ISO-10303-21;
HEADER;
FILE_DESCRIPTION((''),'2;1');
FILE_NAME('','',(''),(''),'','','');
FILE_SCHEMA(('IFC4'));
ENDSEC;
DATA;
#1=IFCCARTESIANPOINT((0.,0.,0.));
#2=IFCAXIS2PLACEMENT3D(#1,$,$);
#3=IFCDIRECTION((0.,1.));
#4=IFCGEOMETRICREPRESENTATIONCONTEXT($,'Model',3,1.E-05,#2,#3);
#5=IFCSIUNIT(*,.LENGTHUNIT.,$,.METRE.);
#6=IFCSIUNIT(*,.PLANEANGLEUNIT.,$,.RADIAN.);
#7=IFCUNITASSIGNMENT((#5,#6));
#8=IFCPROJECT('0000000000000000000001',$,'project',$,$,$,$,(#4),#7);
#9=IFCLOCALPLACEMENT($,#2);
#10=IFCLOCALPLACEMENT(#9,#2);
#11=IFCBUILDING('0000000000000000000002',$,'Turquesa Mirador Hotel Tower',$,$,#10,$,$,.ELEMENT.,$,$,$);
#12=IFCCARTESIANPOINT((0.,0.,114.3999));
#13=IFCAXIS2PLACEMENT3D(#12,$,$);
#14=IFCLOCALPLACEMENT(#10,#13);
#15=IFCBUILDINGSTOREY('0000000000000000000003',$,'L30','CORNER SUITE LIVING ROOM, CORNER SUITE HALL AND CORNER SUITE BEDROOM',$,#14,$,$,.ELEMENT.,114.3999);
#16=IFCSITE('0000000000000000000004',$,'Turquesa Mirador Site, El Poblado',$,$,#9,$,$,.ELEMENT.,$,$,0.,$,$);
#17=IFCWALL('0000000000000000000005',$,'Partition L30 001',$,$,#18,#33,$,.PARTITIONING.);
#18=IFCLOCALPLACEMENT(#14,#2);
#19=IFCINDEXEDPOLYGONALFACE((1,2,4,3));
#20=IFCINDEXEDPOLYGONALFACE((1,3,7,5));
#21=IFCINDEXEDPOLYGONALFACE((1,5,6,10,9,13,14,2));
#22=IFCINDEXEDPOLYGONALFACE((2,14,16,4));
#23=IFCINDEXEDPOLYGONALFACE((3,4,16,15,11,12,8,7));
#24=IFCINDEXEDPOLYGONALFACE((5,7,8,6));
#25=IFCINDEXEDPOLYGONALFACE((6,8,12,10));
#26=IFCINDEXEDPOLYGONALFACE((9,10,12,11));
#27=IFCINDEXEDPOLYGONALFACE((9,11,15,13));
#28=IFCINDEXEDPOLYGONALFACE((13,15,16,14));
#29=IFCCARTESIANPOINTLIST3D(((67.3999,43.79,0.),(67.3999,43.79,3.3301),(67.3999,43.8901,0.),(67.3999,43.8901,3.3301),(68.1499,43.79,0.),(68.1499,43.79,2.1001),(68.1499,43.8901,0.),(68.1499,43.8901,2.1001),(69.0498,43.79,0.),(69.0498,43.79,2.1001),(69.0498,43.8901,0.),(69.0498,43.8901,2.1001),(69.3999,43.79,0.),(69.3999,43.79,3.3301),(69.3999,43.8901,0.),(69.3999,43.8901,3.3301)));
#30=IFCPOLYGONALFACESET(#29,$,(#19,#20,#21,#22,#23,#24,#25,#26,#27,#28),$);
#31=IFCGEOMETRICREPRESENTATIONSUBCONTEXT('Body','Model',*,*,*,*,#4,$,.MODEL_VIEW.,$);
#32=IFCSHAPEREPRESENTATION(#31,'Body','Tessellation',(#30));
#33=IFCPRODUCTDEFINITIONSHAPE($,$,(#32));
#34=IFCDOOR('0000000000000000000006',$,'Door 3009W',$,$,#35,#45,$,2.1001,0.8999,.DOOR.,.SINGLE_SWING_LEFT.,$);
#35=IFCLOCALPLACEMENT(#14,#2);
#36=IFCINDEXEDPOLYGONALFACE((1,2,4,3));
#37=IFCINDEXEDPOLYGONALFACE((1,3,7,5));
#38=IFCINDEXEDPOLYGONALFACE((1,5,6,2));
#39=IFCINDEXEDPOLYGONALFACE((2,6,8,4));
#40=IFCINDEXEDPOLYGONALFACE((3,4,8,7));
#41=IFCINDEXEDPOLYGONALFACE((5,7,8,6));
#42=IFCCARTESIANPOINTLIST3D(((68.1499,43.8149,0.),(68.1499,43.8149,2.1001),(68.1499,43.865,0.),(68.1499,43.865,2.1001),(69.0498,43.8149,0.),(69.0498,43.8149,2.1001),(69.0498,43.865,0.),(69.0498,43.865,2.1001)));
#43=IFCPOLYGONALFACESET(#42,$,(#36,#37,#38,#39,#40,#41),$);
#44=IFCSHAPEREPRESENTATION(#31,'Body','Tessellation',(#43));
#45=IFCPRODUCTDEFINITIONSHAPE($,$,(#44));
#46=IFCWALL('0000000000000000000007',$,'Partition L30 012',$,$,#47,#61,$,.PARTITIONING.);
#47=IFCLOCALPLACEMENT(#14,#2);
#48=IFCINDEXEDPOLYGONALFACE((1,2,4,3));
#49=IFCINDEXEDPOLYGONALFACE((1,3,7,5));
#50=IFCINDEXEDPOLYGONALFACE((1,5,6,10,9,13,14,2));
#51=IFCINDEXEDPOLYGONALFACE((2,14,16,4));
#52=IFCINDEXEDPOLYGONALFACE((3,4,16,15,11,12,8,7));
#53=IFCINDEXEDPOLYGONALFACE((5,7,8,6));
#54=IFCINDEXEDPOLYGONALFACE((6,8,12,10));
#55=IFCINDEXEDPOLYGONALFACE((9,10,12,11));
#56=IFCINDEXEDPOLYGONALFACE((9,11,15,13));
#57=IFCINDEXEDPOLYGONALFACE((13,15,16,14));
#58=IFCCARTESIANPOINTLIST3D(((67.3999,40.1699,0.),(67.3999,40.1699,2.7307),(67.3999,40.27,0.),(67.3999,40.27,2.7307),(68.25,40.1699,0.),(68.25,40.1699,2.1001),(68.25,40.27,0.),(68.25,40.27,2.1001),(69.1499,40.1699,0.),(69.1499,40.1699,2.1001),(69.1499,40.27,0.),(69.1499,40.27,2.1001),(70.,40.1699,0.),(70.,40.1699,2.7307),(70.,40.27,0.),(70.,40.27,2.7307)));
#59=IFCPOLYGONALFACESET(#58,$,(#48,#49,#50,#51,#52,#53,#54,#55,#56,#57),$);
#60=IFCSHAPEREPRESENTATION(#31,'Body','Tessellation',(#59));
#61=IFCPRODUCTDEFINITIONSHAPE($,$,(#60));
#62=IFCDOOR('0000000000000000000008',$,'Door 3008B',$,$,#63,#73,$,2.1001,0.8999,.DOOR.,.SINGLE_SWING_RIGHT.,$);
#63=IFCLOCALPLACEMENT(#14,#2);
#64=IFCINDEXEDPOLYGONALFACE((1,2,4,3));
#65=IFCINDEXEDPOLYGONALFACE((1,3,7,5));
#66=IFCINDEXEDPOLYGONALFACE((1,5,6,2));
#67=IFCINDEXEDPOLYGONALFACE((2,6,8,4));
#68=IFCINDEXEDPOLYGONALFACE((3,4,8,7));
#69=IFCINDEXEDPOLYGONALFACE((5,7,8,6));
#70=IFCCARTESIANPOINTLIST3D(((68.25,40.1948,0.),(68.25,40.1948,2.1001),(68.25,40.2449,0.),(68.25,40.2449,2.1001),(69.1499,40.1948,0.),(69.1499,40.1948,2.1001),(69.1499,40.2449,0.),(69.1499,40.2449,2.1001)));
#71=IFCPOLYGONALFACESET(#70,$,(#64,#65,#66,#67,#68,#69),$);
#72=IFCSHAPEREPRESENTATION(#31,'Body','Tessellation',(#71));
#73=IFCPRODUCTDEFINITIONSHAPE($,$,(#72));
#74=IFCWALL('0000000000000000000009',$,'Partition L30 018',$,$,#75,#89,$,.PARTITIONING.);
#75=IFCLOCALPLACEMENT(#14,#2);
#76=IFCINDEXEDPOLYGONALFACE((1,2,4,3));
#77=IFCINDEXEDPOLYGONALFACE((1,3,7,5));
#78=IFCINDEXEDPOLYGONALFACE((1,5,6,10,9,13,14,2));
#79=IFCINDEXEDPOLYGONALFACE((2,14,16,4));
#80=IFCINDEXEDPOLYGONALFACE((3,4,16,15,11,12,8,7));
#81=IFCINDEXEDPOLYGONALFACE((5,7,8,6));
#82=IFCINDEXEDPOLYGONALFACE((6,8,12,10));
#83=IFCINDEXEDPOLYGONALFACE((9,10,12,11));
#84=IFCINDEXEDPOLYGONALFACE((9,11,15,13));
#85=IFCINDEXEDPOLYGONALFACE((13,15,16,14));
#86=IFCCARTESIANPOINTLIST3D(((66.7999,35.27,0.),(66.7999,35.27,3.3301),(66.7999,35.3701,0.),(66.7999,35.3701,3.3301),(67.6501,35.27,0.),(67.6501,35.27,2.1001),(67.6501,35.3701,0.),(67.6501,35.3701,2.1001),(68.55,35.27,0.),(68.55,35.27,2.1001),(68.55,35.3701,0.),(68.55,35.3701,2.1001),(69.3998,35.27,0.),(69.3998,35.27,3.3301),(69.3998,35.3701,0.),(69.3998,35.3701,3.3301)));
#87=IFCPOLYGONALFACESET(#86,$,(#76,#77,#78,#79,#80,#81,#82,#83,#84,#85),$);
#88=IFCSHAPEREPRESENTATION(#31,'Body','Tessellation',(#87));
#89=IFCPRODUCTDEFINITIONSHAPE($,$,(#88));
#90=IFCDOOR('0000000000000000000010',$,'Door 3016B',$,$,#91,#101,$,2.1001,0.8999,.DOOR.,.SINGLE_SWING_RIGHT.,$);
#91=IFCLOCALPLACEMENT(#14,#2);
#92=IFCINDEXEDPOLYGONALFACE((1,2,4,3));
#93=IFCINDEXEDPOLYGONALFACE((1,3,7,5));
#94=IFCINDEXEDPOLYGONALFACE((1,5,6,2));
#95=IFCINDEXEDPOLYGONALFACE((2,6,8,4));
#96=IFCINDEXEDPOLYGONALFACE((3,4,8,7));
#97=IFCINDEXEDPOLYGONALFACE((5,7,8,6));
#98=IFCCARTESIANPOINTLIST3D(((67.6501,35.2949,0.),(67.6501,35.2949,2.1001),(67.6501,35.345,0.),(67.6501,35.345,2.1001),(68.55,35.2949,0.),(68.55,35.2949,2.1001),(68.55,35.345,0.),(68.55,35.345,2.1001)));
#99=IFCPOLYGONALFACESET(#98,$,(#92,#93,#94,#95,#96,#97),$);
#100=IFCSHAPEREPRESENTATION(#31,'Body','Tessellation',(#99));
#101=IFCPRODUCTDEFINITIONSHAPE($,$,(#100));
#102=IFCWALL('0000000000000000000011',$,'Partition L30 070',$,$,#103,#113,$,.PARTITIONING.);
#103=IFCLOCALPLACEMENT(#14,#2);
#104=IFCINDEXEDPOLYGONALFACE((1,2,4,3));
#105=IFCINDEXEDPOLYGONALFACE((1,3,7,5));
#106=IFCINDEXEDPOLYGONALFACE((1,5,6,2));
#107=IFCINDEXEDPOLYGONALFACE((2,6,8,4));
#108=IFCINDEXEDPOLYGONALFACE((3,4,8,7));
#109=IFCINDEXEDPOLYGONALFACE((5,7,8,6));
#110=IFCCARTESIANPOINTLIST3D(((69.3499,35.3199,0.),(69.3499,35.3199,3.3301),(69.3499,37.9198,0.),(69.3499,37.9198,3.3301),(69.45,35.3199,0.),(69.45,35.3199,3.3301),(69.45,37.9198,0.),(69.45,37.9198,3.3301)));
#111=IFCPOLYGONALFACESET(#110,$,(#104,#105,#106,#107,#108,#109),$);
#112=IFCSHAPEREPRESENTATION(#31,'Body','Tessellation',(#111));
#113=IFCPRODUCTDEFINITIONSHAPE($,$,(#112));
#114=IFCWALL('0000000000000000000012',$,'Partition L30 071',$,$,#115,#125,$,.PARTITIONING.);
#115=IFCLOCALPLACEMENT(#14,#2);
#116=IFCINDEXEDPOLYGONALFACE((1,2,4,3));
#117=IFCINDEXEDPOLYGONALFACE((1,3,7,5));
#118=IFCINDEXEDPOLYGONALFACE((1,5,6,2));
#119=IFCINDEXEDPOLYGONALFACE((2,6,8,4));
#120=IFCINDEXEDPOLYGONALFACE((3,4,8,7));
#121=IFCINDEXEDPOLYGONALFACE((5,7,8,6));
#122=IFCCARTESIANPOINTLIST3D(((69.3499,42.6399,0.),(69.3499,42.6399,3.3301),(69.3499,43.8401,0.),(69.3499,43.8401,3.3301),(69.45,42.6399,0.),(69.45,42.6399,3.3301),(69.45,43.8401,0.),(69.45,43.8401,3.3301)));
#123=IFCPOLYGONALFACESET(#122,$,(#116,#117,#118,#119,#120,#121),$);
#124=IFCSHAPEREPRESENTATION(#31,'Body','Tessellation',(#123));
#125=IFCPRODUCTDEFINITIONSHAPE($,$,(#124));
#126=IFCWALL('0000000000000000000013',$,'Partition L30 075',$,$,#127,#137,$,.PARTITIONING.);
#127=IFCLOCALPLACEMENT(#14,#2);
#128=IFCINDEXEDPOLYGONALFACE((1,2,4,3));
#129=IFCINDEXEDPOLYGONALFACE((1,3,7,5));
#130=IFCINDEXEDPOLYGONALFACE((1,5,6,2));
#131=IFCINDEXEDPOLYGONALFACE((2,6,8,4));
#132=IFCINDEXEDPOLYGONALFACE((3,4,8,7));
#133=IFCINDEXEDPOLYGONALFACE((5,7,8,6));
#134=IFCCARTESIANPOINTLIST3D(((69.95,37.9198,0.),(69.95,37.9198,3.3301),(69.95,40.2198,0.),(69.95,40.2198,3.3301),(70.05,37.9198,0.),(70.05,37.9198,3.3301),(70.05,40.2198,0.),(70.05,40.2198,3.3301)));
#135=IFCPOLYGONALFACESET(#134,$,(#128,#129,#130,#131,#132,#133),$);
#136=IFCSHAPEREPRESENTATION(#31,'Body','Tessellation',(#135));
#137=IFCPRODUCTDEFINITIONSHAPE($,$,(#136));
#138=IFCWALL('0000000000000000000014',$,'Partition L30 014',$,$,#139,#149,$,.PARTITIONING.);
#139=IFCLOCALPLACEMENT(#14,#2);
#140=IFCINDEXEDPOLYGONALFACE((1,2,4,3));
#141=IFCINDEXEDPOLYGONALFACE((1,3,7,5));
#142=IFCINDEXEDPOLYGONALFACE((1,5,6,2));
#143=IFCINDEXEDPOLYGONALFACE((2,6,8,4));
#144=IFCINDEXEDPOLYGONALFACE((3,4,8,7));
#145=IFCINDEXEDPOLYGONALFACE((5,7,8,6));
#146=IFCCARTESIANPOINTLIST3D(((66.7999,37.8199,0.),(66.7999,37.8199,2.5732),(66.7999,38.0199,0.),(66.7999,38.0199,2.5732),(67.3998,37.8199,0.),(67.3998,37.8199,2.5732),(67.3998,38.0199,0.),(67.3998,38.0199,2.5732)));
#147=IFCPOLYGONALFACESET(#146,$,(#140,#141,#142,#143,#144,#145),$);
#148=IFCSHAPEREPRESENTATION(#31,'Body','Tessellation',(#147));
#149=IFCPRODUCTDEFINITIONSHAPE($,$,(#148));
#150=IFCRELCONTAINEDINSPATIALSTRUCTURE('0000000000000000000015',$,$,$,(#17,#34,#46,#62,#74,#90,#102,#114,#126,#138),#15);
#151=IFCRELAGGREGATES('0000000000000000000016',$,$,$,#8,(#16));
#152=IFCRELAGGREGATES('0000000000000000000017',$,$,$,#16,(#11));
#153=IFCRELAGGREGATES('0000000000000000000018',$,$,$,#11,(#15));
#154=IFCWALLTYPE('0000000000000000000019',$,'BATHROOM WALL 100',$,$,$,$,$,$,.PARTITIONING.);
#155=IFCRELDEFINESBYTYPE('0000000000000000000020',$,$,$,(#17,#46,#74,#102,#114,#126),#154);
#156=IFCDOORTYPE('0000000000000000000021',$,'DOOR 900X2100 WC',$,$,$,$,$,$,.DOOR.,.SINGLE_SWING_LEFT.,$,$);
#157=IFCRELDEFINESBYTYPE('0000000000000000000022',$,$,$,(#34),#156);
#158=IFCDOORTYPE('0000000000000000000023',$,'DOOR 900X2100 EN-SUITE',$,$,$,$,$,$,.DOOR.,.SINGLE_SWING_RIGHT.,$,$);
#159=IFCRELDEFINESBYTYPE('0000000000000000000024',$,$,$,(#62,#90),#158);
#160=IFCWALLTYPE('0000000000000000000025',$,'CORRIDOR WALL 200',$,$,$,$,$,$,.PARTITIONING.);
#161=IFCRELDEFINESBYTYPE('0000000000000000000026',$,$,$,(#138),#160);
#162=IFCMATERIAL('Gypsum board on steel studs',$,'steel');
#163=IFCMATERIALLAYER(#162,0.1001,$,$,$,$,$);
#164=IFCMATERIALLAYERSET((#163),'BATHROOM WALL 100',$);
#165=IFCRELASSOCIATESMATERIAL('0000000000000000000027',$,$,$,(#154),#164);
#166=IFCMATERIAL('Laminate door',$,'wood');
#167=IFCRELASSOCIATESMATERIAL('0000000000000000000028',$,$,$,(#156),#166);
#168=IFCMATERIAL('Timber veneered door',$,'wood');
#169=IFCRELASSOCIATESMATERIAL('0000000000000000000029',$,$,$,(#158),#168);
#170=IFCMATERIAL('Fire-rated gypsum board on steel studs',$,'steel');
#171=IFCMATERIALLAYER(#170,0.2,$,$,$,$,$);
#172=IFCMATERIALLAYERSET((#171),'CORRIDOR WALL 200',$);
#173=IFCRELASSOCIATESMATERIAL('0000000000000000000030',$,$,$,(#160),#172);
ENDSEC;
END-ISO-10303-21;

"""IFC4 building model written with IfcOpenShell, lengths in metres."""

from ifc_helpers import new_model, si_unit, direction, frame, frame_2d, origin, place, context, subcontext, project, spatial, rectangle, extrude, material, layer, layer_set, type_object, element, fill, save


model = new_model("IFC4")

# Units and contexts
model_context = context("Model", 3, precision=1e-05, world=origin(), true_north=direction((0.0, 1.0)))
body_context = subcontext(model_context, "Body", "Model", "MODEL_VIEW")
ifc_project = project(units=[si_unit("LENGTHUNIT", "METRE"), si_unit("PLANEANGLEUNIT", "RADIAN")], contexts=[model_context])

# Site, building, storey
site_placement = place(None, origin())
site = spatial("IfcSite", under=ifc_project, at=site_placement, Name="Turquesa Mirador Site, El Poblado", CompositionType="ELEMENT", RefElevation=0.0)
building_placement = place(site_placement, origin())
building = spatial("IfcBuilding", under=site, at=building_placement, Name="Turquesa Mirador Hotel Tower", CompositionType="ELEMENT")
storey_placement = place(building_placement, frame((0.0, 0.0, 114.3999)))
storey = spatial("IfcBuildingStorey", under=building, at=storey_placement, Name="L30", Description="CORNER SUITE LIVING ROOM, CORNER SUITE HALL AND CORNER SUITE BEDROOM", CompositionType="ELEMENT", Elevation=114.3999)

# Walls, openings, doors
ifc_material_1 = material(Name="Gypsum board on steel studs", Category="steel")
ifc_layer_1 = layer(ifc_material_1, 0.1001)
ifc_layer_set_1 = layer_set([ifc_layer_1], Name="BATHROOM WALL 100")
wall_type_1 = type_object("IfcWallType", Name="BATHROOM WALL 100", PredefinedType="PARTITIONING", material=ifc_layer_set_1)
wall_1_placement = place(storey_placement, frame((67.3999, 43.8401, 0.0), z_axis=(0.0, 0.0, 1.0), x_axis=(1.0, 0.0, 0.0)))
wall_1 = element("IfcWall", 1, at=wall_1_placement, inside=storey, type_object=wall_type_1, Name="Partition L30 001", PredefinedType="PARTITIONING", context=body_context, shape_type="SweptSolid", body=[
    extrude(rectangle(XDim=2.0, YDim=0.1001, at=frame_2d((1.0, 0.0))), origin(), (0.0, 0.0, 1.0), 3.3301),
])
opening_1_placement = place(wall_1_placement, frame((0.75, 0.0, 0.0)))
opening_1 = element("IfcOpeningElement", 2, at=opening_1_placement, cuts=wall_1, PredefinedType="OPENING", context=body_context, shape_type="SweptSolid", body=[
    extrude(rectangle(XDim=0.8999, YDim=2.1001, at=frame_2d((0.45, 1.05))), frame((0.0, 0.0601, 0.0), z_axis=(0.0, -1.0, 0.0), x_axis=(1.0, 0.0, 0.0)), (0.0, 0.0, 1.0), 0.1201),
])
ifc_material_2 = material(Name="Laminate door", Category="wood")
door_type_1 = type_object("IfcDoorType", Name="DOOR 900X2100 WC", OperationType="SINGLE_SWING_LEFT", PredefinedType="DOOR", material=ifc_material_2)
door_1_placement = place(opening_1_placement, origin())
door_1 = element("IfcDoor", 3, at=door_1_placement, inside=storey, type_object=door_type_1, Name="Door 3009W", OperationType="SINGLE_SWING_LEFT", OverallHeight=2.1001, OverallWidth=0.8999, PredefinedType="DOOR", context=body_context, shape_type="SweptSolid", body=[
    extrude(rectangle(XDim=0.8999, YDim=2.1001, at=frame_2d((0.45, 1.05))), frame((0.0, 0.0249, 0.0), z_axis=(0.0, -1.0, 0.0), x_axis=(1.0, 0.0, 0.0)), (0.0, 0.0, 1.0), 0.05),
])
fill(opening_1, door_1)
wall_2_placement = place(storey_placement, frame((67.3999, 40.22, 0.0), z_axis=(0.0, 0.0, 1.0), x_axis=(1.0, 0.0, 0.0)))
wall_2 = element("IfcWall", 4, at=wall_2_placement, inside=storey, type_object=wall_type_1, Name="Partition L30 012", PredefinedType="PARTITIONING", context=body_context, shape_type="SweptSolid", body=[
    extrude(rectangle(XDim=2.6001, YDim=0.1001, at=frame_2d((1.3, 0.0))), origin(), (0.0, 0.0, 1.0), 2.7307),
])
opening_2_placement = place(wall_2_placement, frame((0.8501, 0.0, 0.0)))
opening_2 = element("IfcOpeningElement", 5, at=opening_2_placement, cuts=wall_2, PredefinedType="OPENING", context=body_context, shape_type="SweptSolid", body=[
    extrude(rectangle(XDim=0.8999, YDim=2.1001, at=frame_2d((0.45, 1.05))), frame((0.0, 0.0601, 0.0), z_axis=(0.0, -1.0, 0.0), x_axis=(1.0, 0.0, 0.0)), (0.0, 0.0, 1.0), 0.1201),
])
ifc_material_3 = material(Name="Timber veneered door", Category="wood")
door_type_2 = type_object("IfcDoorType", Name="DOOR 900X2100 EN-SUITE", OperationType="SINGLE_SWING_RIGHT", PredefinedType="DOOR", material=ifc_material_3)
door_2_placement = place(opening_2_placement, origin())
door_2 = element("IfcDoor", 6, at=door_2_placement, inside=storey, type_object=door_type_2, Name="Door 3008B", OperationType="SINGLE_SWING_RIGHT", OverallHeight=2.1001, OverallWidth=0.8999, PredefinedType="DOOR", context=body_context, shape_type="SweptSolid", body=[
    extrude(rectangle(XDim=0.8999, YDim=2.1001, at=frame_2d((0.45, 1.05))), frame((0.0, 0.0249, 0.0), z_axis=(0.0, -1.0, 0.0), x_axis=(1.0, 0.0, 0.0)), (0.0, 0.0, 1.0), 0.05),
])
fill(opening_2, door_2)
wall_3_placement = place(storey_placement, frame((66.8, 35.3201, 0.0), z_axis=(0.0, 0.0, 1.0), x_axis=(1.0, 0.0, 0.0)))
wall_3 = element("IfcWall", 7, at=wall_3_placement, inside=storey, type_object=wall_type_1, Name="Partition L30 018", PredefinedType="PARTITIONING", context=body_context, shape_type="SweptSolid", body=[
    extrude(rectangle(XDim=2.5999, YDim=0.1001, at=frame_2d((1.2998, 0.0))), origin(), (0.0, 0.0, 1.0), 3.3301),
])
opening_3_placement = place(wall_3_placement, frame((0.8501, 0.0, 0.0)))
opening_3 = element("IfcOpeningElement", 8, at=opening_3_placement, cuts=wall_3, PredefinedType="OPENING", context=body_context, shape_type="SweptSolid", body=[
    extrude(rectangle(XDim=0.8999, YDim=2.1001, at=frame_2d((0.45, 1.05))), frame((0.0, 0.0601, 0.0), z_axis=(0.0, -1.0, 0.0), x_axis=(1.0, 0.0, 0.0)), (0.0, 0.0, 1.0), 0.1201),
])
door_3_placement = place(opening_3_placement, origin())
door_3 = element("IfcDoor", 9, at=door_3_placement, inside=storey, type_object=door_type_2, Name="Door 3016B", OperationType="SINGLE_SWING_RIGHT", OverallHeight=2.1001, OverallWidth=0.8999, PredefinedType="DOOR", context=body_context, shape_type="SweptSolid", body=[
    extrude(rectangle(XDim=0.8999, YDim=2.1001, at=frame_2d((0.45, 1.05))), frame((0.0, 0.0249, 0.0), z_axis=(0.0, -1.0, 0.0), x_axis=(1.0, 0.0, 0.0)), (0.0, 0.0, 1.0), 0.05),
])
fill(opening_3, door_3)

# Walls
wall_4_placement = place(storey_placement, frame((69.3999, 35.3201, 0.0), z_axis=(0.0, 0.0, 1.0), x_axis=(0.0, 1.0, 0.0)))
element("IfcWall", 10, at=wall_4_placement, inside=storey, type_object=wall_type_1, Name="Partition L30 070", PredefinedType="PARTITIONING", context=body_context, shape_type="SweptSolid", body=[
    extrude(rectangle(XDim=2.5999, YDim=0.1001, at=frame_2d((1.2998, 0.0))), origin(), (0.0, 0.0, 1.0), 3.3301),
])
wall_5_placement = place(storey_placement, frame((69.3999, 42.6399, 0.0), z_axis=(0.0, 0.0, 1.0), x_axis=(0.0, 1.0, 0.0)))
element("IfcWall", 11, at=wall_5_placement, inside=storey, type_object=wall_type_1, Name="Partition L30 071", PredefinedType="PARTITIONING", context=body_context, shape_type="SweptSolid", body=[
    extrude(rectangle(XDim=1.2002, YDim=0.1001, at=frame_2d((0.6001, 0.0))), origin(), (0.0, 0.0, 1.0), 3.3301),
])
wall_6_placement = place(storey_placement, frame((70.0, 37.9199, 0.0), z_axis=(0.0, 0.0, 1.0), x_axis=(0.0, 1.0, 0.0)))
element("IfcWall", 12, at=wall_6_placement, inside=storey, type_object=wall_type_1, Name="Partition L30 075", PredefinedType="PARTITIONING", context=body_context, shape_type="SweptSolid", body=[
    extrude(rectangle(XDim=2.3, YDim=0.1001, at=frame_2d((1.1499, 0.0))), origin(), (0.0, 0.0, 1.0), 3.3301),
])
ifc_material_4 = material(Name="Fire-rated gypsum board on steel studs", Category="steel")
ifc_layer_2 = layer(ifc_material_4, 0.2)
ifc_layer_set_2 = layer_set([ifc_layer_2], Name="CORRIDOR WALL 200")
wall_type_2 = type_object("IfcWallType", Name="CORRIDOR WALL 200", PredefinedType="PARTITIONING", material=ifc_layer_set_2)
wall_7_placement = place(storey_placement, frame((66.8, 37.9199, 0.0), z_axis=(0.0, 0.0, 1.0), x_axis=(1.0, 0.0, 0.0)))
element("IfcWall", 13, at=wall_7_placement, inside=storey, type_object=wall_type_2, Name="Partition L30 014", PredefinedType="PARTITIONING", context=body_context, shape_type="SweptSolid", body=[
    extrude(rectangle(XDim=0.5999, YDim=0.2, at=frame_2d((0.2998, 0.0))), origin(), (0.0, 0.0, 1.0), 2.5732),
])

save(model, "model.ifc")
